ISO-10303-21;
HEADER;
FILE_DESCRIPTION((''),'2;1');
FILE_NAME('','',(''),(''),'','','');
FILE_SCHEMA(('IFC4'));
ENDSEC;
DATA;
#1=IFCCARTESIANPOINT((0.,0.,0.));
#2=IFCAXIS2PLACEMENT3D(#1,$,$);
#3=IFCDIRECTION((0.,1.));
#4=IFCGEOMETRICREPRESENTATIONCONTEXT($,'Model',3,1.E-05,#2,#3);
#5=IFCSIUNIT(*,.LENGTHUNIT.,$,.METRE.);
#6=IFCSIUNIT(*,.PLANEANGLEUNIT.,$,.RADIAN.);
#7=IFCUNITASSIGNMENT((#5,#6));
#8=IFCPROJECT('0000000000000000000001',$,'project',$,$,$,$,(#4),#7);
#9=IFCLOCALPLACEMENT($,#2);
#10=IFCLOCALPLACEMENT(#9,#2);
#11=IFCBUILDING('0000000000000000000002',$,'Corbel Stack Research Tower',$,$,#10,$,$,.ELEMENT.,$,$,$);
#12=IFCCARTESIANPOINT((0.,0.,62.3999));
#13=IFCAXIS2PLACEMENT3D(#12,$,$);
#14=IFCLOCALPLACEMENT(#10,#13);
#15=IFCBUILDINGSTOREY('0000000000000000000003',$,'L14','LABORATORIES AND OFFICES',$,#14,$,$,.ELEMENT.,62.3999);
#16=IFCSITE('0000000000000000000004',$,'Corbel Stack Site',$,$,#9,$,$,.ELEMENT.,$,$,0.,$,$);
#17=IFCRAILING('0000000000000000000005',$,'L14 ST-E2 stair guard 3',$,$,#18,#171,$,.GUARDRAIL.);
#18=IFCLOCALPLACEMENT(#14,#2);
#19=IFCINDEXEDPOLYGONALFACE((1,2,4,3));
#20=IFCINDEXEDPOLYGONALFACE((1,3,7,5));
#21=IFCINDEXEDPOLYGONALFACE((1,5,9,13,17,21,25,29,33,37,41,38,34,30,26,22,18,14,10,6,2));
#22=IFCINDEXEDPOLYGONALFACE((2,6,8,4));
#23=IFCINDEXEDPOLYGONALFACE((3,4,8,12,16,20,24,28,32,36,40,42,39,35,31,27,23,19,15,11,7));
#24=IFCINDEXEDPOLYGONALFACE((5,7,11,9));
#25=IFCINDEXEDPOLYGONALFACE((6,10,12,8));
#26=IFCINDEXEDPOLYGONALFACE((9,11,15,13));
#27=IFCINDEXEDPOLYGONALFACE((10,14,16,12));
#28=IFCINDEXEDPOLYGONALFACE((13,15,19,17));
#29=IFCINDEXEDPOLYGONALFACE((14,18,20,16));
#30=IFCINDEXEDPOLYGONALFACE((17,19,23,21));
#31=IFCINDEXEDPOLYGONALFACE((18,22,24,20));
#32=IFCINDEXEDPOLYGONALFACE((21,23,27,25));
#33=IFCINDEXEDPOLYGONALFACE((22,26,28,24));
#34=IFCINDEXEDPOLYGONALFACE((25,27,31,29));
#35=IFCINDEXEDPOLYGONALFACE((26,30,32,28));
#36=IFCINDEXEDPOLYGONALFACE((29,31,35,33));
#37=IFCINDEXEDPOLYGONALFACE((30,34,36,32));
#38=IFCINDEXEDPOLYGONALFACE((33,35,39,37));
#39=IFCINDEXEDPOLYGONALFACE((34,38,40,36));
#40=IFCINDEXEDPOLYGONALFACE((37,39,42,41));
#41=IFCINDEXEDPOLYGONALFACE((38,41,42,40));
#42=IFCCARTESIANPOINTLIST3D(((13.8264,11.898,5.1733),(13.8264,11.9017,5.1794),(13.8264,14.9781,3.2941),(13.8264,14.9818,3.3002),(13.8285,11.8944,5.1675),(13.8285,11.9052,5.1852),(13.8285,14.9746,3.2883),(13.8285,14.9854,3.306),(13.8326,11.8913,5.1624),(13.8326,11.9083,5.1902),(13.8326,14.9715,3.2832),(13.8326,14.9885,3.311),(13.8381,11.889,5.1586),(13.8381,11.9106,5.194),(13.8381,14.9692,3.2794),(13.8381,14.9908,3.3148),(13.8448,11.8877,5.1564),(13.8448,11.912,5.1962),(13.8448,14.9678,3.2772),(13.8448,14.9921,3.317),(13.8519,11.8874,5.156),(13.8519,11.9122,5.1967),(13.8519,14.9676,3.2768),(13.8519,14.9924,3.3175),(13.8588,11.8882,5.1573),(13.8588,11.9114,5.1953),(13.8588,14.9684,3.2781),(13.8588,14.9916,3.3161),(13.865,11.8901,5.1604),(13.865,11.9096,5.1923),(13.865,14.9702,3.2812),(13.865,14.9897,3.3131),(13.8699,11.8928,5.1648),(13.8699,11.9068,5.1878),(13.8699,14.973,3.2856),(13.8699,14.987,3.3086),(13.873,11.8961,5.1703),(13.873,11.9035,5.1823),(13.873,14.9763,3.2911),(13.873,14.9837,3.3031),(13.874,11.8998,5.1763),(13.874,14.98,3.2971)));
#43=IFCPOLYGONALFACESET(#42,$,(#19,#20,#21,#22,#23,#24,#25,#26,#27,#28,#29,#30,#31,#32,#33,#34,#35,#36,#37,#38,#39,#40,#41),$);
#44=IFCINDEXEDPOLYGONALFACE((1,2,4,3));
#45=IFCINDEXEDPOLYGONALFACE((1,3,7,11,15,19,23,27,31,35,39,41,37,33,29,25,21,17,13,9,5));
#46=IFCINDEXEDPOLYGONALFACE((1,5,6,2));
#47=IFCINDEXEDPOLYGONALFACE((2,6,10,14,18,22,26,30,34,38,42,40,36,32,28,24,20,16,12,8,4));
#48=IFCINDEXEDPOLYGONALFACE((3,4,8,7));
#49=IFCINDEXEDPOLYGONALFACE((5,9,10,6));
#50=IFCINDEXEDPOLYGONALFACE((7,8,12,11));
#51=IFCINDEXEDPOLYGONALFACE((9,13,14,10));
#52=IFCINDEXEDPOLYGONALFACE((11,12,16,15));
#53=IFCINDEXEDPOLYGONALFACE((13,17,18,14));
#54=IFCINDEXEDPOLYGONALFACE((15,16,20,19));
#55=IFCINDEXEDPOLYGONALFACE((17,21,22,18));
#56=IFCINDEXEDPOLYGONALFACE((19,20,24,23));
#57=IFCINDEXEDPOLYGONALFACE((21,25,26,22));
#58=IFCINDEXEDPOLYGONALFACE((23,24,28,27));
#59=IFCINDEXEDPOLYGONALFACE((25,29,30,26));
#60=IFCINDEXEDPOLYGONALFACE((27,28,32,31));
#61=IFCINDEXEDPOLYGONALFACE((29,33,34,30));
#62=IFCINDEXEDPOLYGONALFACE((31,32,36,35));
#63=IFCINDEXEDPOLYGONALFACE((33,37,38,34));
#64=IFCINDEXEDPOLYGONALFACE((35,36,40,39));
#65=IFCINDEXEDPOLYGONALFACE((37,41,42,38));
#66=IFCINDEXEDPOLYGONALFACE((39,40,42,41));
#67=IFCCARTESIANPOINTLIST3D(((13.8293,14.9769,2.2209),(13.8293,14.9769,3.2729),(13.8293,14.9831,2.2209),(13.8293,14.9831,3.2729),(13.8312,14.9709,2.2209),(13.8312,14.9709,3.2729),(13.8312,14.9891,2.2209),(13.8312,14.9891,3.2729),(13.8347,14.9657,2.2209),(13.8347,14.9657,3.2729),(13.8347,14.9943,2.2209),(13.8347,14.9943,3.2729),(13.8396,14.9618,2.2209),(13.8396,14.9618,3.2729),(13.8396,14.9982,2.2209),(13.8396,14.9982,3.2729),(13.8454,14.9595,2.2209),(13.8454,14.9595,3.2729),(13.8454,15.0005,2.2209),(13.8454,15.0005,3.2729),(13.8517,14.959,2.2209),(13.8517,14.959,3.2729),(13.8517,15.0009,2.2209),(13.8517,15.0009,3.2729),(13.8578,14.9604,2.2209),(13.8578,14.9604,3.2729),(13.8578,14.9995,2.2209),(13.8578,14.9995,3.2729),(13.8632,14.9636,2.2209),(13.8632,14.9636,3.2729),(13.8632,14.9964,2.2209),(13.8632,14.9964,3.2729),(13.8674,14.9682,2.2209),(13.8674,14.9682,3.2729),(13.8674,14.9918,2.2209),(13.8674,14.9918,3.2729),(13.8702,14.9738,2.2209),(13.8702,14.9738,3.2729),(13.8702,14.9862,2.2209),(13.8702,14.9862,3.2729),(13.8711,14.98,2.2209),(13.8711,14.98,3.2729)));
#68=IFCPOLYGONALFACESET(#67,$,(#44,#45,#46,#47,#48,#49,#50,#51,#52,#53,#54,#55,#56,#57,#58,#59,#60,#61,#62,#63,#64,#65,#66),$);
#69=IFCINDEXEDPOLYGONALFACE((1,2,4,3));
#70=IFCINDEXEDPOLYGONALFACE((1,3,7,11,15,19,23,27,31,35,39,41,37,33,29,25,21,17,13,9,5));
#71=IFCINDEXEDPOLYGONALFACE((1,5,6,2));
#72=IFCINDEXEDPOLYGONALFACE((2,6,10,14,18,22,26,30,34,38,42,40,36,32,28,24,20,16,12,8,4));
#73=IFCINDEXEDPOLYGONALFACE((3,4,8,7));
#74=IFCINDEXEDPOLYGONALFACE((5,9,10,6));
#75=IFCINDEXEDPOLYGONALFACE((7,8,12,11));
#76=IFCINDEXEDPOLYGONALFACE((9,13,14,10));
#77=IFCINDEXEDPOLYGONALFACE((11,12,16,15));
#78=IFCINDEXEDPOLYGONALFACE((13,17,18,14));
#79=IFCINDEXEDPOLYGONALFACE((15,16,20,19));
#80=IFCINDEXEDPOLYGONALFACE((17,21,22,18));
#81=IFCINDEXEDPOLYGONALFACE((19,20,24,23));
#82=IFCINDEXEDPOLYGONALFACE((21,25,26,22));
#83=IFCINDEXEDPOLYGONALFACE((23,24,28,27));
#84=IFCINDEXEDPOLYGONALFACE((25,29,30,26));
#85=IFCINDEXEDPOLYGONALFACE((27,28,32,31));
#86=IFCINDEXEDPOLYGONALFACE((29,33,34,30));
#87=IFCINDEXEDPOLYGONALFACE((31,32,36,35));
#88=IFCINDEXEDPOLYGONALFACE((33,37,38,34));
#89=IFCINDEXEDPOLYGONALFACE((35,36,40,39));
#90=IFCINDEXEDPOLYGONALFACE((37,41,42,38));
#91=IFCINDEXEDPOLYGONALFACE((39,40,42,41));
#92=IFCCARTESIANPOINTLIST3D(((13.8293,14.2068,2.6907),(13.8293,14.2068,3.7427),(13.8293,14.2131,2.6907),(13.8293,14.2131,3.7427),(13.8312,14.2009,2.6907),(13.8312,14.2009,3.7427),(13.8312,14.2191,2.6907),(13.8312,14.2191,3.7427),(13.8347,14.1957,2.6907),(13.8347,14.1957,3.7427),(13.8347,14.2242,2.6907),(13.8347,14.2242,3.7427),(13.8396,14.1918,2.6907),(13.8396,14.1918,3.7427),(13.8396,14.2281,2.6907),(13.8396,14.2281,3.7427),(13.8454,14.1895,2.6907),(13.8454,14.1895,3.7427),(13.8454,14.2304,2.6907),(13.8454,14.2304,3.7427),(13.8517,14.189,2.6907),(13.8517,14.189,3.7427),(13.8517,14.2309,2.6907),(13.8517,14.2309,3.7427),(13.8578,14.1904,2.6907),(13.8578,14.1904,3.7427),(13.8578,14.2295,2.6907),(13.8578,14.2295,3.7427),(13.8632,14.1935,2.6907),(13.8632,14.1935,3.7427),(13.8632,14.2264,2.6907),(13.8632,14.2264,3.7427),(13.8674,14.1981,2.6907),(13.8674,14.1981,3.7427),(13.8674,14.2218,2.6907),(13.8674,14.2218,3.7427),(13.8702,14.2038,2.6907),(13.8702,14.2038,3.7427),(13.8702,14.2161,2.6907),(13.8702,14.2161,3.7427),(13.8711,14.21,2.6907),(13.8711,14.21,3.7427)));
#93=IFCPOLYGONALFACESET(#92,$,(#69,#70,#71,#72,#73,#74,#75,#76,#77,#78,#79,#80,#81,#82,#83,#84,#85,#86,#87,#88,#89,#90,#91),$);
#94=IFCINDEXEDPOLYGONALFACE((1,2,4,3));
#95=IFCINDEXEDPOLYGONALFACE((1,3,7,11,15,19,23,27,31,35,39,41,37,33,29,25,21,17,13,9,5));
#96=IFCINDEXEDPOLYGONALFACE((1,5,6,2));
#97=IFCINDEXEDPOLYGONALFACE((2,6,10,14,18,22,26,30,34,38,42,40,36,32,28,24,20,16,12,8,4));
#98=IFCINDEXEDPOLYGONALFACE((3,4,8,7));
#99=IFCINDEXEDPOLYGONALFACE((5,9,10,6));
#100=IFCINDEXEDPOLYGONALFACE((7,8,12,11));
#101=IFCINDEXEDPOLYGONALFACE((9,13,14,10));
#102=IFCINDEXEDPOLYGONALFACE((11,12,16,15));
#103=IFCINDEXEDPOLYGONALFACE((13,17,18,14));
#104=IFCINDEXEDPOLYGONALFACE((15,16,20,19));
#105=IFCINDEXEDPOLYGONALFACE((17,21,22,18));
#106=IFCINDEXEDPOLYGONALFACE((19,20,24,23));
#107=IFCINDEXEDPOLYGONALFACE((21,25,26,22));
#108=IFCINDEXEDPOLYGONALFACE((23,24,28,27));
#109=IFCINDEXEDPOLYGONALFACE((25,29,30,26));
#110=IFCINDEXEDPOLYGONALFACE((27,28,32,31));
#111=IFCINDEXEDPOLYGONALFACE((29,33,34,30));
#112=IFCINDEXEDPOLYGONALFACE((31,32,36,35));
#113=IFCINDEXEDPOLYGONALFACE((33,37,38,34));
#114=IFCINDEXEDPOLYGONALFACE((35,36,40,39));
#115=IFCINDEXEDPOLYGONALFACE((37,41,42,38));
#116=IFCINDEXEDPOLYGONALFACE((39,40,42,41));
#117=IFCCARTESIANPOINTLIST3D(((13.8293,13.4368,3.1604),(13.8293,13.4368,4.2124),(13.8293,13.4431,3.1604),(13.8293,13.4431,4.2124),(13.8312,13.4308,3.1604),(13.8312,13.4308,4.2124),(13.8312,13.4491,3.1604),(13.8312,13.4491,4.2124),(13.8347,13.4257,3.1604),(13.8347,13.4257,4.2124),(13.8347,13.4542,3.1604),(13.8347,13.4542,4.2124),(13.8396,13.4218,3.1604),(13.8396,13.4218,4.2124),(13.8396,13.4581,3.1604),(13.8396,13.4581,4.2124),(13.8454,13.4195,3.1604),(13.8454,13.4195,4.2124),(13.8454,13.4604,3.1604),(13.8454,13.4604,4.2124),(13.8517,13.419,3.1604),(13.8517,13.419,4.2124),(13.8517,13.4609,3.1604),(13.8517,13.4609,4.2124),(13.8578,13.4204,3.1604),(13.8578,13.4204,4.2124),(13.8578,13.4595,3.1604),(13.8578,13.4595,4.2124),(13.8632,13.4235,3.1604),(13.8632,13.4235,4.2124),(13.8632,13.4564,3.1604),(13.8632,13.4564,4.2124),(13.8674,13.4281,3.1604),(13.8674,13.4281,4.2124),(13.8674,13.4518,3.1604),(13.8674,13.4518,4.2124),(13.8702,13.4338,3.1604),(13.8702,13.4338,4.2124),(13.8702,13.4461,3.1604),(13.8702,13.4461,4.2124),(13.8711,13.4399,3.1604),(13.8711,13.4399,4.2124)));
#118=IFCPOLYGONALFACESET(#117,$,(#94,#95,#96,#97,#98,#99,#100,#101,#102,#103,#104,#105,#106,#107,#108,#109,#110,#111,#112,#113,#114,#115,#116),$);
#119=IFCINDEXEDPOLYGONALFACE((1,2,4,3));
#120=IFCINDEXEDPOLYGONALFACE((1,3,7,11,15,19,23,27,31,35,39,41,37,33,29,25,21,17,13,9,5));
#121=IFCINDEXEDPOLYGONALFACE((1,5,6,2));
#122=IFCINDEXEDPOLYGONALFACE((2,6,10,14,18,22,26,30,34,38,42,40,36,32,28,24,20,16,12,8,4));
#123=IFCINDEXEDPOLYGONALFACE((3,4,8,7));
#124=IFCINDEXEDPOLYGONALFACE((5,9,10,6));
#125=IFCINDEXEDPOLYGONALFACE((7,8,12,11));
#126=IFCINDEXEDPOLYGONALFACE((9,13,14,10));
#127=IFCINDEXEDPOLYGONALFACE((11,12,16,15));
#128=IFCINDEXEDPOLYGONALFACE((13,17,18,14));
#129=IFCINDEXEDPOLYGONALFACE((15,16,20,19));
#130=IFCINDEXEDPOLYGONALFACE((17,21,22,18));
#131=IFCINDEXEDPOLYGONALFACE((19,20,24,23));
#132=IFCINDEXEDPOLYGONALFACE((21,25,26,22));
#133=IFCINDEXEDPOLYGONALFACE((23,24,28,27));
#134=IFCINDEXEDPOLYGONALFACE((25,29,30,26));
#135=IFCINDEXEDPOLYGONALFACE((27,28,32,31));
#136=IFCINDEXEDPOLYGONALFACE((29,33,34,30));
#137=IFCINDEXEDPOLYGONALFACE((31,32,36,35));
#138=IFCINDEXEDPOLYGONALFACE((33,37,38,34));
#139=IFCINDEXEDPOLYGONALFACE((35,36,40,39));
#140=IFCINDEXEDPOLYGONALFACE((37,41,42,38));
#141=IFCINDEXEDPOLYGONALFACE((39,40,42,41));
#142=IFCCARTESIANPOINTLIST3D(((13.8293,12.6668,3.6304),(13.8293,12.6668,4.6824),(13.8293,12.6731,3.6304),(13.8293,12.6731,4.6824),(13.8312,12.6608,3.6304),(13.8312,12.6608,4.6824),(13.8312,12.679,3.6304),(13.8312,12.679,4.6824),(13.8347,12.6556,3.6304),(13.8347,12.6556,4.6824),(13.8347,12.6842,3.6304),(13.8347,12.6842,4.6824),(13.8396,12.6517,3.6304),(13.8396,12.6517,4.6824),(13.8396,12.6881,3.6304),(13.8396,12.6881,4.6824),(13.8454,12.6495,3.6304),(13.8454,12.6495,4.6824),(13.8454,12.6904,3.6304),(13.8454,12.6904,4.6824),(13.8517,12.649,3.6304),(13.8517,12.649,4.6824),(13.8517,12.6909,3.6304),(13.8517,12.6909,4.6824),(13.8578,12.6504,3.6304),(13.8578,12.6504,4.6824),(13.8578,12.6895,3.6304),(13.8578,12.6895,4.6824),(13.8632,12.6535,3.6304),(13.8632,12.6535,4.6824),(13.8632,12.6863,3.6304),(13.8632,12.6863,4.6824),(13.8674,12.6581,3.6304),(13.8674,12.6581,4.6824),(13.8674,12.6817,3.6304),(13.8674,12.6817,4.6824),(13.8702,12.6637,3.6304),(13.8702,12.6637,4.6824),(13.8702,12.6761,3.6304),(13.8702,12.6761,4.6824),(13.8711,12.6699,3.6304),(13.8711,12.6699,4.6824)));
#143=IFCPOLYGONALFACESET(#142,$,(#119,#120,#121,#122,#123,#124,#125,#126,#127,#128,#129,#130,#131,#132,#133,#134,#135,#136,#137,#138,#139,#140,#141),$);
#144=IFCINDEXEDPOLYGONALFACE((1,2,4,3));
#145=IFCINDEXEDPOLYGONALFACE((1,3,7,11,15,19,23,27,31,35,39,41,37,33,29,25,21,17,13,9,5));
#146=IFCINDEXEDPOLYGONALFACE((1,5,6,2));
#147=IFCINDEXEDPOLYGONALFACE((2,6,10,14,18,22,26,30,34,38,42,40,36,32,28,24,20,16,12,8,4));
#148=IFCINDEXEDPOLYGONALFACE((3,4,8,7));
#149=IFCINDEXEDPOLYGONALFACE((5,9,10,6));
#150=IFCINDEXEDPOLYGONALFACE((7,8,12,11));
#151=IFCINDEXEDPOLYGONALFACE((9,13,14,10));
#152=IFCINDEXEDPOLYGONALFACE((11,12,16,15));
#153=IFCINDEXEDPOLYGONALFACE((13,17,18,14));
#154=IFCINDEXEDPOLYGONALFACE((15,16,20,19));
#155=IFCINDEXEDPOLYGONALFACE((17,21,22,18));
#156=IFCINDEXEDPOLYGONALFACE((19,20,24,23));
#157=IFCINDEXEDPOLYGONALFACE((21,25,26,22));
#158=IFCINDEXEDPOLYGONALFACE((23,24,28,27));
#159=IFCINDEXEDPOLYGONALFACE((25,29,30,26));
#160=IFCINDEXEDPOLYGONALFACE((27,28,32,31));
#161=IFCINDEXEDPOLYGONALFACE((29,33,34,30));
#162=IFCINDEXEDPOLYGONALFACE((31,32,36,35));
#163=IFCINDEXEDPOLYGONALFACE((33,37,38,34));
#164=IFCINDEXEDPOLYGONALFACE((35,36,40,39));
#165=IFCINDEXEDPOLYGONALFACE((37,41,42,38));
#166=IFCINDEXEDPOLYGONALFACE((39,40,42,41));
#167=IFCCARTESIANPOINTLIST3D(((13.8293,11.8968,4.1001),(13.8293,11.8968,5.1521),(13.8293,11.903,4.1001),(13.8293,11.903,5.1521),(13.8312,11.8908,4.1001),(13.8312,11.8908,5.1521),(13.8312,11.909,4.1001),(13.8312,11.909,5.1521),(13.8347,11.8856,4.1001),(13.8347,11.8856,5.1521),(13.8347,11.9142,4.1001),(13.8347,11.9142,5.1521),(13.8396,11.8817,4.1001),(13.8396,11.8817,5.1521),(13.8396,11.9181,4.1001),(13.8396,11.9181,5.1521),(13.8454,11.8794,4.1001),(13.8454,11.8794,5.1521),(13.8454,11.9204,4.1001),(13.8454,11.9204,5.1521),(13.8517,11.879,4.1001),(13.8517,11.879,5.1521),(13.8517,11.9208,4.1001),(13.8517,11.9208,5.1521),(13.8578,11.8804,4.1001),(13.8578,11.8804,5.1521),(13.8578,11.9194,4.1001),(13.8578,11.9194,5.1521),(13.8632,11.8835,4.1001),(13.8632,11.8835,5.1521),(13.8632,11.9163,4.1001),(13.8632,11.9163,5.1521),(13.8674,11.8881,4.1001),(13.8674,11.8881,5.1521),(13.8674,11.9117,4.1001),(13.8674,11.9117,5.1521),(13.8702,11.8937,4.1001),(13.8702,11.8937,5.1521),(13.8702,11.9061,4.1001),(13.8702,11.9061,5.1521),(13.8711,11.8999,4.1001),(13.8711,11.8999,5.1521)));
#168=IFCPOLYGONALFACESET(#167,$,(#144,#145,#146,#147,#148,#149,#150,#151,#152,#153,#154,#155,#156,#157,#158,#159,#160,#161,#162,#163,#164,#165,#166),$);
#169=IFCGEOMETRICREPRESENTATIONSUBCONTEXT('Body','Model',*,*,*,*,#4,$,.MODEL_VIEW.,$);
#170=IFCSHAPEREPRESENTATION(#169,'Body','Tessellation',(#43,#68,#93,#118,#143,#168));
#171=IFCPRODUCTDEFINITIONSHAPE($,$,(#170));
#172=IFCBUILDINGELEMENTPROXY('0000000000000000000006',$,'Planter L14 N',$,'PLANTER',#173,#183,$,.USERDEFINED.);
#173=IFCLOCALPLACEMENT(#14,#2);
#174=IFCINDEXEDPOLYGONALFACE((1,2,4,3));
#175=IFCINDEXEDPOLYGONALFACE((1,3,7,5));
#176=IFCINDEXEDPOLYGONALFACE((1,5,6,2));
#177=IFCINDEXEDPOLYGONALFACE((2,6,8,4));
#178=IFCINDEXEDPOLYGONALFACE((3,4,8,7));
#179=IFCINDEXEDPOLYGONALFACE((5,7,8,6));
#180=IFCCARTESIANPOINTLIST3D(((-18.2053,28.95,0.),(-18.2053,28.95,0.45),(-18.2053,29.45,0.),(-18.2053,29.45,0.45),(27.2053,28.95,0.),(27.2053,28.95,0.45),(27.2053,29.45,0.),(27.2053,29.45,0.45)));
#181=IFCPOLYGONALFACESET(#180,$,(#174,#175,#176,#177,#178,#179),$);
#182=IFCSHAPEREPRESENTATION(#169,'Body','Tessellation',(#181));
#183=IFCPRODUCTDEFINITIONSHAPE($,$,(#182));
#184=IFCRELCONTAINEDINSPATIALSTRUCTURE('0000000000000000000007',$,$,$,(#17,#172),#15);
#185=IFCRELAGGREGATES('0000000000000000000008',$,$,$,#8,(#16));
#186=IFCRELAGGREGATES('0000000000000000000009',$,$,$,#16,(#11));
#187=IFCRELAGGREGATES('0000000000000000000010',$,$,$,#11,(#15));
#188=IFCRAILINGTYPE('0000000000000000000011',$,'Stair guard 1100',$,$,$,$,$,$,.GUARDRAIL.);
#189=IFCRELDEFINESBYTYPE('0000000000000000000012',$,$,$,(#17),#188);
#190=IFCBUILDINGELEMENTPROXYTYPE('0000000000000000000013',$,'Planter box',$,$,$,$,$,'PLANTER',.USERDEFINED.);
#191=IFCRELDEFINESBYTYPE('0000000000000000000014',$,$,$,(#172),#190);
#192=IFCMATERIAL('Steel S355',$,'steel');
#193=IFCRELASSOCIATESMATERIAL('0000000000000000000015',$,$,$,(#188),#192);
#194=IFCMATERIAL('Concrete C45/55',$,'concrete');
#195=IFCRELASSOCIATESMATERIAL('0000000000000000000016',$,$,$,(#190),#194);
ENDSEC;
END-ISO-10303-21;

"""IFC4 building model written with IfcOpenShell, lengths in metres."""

from ifc_helpers import new_model, si_unit, direction, frame, origin, origin_2d, place, context, subcontext, project, spatial, rectangle, circle, extrude, material, type_object, element, save


model = new_model("IFC4")

# Units and contexts
model_context = context("Model", 3, precision=1e-05, world=origin(), true_north=direction((0.0, 1.0)))
body_context = subcontext(model_context, "Body", "Model", "MODEL_VIEW")
ifc_project = project(units=[si_unit("LENGTHUNIT", "METRE"), si_unit("PLANEANGLEUNIT", "RADIAN")], contexts=[model_context])

# Site, building, storey
site_placement = place(None, origin())
site = spatial("IfcSite", under=ifc_project, at=site_placement, Name="Corbel Stack Site", CompositionType="ELEMENT", RefElevation=0.0)
building_placement = place(site_placement, origin())
building = spatial("IfcBuilding", under=site, at=building_placement, Name="Corbel Stack Research Tower", CompositionType="ELEMENT")
storey_placement = place(building_placement, frame((0.0, 0.0, 62.3999)))
storey = spatial("IfcBuildingStorey", under=building, at=storey_placement, Name="L14", Description="LABORATORIES AND OFFICES", CompositionType="ELEMENT", Elevation=62.3999)

# Railing
ifc_material_1 = material(Name="Steel S355", Category="steel")
railing_type = type_object("IfcRailingType", Name="Stair guard 1100", PredefinedType="GUARDRAIL", material=ifc_material_1)
railing_1_placement = place(storey_placement, frame((13.8501, 14.98, 2.2209)))
element("IfcRailing", 1, at=railing_1_placement, inside=storey, type_object=railing_type, Name="L14 ST-E2 stair guard 3", PredefinedType="GUARDRAIL", context=body_context, shape_type="SweptSolid", body=[
    extrude(circle(Radius=0.0239, at=origin_2d()), frame((0.0, 0.0, 1.0762), z_axis=(0.0, -0.853666, 0.52082), x_axis=(1.0, 0.0, 0.0)), (0.0, 0.0, 1.0), 3.6082),
    extrude(circle(Radius=0.021, at=origin_2d()), origin(), (0.0, 0.0, 1.0), 1.052),
    extrude(circle(Radius=0.021, at=origin_2d()), frame((0.0, -0.77, 0.4697)), (0.0, 0.0, 1.0), 1.052),
    extrude(circle(Radius=0.021, at=origin_2d()), frame((0.0, -1.54, 0.9395)), (0.0, 0.0, 1.0), 1.052),
    extrude(circle(Radius=0.021, at=origin_2d()), frame((0.0, -2.3101, 1.4094)), (0.0, 0.0, 1.0), 1.052),
    extrude(circle(Radius=0.021, at=origin_2d()), frame((0.0, -3.0801, 1.8792)), (0.0, 0.0, 1.0), 1.052),
])

# Building element proxy
ifc_material_2 = material(Name="Concrete C45/55", Category="concrete")
building_element_proxy_type = type_object("IfcBuildingElementProxyType", Name="Planter box", ElementType="PLANTER", PredefinedType="USERDEFINED", material=ifc_material_2)
proxy_placement = place(storey_placement, frame((4.5, 29.2, 0.0), z_axis=(0.0, 0.0, 1.0), x_axis=(-1.0, 0.0, 0.0)))
element("IfcBuildingElementProxy", 2, at=proxy_placement, inside=storey, type_object=building_element_proxy_type, Name="Planter L14 N", ObjectType="PLANTER", PredefinedType="USERDEFINED", context=body_context, shape_type="SweptSolid", body=[
    extrude(rectangle(XDim=45.4106, YDim=0.5, at=origin_2d()), origin(), (0.0, 0.0, 1.0), 0.45),
])

save(model, "model.ifc")
